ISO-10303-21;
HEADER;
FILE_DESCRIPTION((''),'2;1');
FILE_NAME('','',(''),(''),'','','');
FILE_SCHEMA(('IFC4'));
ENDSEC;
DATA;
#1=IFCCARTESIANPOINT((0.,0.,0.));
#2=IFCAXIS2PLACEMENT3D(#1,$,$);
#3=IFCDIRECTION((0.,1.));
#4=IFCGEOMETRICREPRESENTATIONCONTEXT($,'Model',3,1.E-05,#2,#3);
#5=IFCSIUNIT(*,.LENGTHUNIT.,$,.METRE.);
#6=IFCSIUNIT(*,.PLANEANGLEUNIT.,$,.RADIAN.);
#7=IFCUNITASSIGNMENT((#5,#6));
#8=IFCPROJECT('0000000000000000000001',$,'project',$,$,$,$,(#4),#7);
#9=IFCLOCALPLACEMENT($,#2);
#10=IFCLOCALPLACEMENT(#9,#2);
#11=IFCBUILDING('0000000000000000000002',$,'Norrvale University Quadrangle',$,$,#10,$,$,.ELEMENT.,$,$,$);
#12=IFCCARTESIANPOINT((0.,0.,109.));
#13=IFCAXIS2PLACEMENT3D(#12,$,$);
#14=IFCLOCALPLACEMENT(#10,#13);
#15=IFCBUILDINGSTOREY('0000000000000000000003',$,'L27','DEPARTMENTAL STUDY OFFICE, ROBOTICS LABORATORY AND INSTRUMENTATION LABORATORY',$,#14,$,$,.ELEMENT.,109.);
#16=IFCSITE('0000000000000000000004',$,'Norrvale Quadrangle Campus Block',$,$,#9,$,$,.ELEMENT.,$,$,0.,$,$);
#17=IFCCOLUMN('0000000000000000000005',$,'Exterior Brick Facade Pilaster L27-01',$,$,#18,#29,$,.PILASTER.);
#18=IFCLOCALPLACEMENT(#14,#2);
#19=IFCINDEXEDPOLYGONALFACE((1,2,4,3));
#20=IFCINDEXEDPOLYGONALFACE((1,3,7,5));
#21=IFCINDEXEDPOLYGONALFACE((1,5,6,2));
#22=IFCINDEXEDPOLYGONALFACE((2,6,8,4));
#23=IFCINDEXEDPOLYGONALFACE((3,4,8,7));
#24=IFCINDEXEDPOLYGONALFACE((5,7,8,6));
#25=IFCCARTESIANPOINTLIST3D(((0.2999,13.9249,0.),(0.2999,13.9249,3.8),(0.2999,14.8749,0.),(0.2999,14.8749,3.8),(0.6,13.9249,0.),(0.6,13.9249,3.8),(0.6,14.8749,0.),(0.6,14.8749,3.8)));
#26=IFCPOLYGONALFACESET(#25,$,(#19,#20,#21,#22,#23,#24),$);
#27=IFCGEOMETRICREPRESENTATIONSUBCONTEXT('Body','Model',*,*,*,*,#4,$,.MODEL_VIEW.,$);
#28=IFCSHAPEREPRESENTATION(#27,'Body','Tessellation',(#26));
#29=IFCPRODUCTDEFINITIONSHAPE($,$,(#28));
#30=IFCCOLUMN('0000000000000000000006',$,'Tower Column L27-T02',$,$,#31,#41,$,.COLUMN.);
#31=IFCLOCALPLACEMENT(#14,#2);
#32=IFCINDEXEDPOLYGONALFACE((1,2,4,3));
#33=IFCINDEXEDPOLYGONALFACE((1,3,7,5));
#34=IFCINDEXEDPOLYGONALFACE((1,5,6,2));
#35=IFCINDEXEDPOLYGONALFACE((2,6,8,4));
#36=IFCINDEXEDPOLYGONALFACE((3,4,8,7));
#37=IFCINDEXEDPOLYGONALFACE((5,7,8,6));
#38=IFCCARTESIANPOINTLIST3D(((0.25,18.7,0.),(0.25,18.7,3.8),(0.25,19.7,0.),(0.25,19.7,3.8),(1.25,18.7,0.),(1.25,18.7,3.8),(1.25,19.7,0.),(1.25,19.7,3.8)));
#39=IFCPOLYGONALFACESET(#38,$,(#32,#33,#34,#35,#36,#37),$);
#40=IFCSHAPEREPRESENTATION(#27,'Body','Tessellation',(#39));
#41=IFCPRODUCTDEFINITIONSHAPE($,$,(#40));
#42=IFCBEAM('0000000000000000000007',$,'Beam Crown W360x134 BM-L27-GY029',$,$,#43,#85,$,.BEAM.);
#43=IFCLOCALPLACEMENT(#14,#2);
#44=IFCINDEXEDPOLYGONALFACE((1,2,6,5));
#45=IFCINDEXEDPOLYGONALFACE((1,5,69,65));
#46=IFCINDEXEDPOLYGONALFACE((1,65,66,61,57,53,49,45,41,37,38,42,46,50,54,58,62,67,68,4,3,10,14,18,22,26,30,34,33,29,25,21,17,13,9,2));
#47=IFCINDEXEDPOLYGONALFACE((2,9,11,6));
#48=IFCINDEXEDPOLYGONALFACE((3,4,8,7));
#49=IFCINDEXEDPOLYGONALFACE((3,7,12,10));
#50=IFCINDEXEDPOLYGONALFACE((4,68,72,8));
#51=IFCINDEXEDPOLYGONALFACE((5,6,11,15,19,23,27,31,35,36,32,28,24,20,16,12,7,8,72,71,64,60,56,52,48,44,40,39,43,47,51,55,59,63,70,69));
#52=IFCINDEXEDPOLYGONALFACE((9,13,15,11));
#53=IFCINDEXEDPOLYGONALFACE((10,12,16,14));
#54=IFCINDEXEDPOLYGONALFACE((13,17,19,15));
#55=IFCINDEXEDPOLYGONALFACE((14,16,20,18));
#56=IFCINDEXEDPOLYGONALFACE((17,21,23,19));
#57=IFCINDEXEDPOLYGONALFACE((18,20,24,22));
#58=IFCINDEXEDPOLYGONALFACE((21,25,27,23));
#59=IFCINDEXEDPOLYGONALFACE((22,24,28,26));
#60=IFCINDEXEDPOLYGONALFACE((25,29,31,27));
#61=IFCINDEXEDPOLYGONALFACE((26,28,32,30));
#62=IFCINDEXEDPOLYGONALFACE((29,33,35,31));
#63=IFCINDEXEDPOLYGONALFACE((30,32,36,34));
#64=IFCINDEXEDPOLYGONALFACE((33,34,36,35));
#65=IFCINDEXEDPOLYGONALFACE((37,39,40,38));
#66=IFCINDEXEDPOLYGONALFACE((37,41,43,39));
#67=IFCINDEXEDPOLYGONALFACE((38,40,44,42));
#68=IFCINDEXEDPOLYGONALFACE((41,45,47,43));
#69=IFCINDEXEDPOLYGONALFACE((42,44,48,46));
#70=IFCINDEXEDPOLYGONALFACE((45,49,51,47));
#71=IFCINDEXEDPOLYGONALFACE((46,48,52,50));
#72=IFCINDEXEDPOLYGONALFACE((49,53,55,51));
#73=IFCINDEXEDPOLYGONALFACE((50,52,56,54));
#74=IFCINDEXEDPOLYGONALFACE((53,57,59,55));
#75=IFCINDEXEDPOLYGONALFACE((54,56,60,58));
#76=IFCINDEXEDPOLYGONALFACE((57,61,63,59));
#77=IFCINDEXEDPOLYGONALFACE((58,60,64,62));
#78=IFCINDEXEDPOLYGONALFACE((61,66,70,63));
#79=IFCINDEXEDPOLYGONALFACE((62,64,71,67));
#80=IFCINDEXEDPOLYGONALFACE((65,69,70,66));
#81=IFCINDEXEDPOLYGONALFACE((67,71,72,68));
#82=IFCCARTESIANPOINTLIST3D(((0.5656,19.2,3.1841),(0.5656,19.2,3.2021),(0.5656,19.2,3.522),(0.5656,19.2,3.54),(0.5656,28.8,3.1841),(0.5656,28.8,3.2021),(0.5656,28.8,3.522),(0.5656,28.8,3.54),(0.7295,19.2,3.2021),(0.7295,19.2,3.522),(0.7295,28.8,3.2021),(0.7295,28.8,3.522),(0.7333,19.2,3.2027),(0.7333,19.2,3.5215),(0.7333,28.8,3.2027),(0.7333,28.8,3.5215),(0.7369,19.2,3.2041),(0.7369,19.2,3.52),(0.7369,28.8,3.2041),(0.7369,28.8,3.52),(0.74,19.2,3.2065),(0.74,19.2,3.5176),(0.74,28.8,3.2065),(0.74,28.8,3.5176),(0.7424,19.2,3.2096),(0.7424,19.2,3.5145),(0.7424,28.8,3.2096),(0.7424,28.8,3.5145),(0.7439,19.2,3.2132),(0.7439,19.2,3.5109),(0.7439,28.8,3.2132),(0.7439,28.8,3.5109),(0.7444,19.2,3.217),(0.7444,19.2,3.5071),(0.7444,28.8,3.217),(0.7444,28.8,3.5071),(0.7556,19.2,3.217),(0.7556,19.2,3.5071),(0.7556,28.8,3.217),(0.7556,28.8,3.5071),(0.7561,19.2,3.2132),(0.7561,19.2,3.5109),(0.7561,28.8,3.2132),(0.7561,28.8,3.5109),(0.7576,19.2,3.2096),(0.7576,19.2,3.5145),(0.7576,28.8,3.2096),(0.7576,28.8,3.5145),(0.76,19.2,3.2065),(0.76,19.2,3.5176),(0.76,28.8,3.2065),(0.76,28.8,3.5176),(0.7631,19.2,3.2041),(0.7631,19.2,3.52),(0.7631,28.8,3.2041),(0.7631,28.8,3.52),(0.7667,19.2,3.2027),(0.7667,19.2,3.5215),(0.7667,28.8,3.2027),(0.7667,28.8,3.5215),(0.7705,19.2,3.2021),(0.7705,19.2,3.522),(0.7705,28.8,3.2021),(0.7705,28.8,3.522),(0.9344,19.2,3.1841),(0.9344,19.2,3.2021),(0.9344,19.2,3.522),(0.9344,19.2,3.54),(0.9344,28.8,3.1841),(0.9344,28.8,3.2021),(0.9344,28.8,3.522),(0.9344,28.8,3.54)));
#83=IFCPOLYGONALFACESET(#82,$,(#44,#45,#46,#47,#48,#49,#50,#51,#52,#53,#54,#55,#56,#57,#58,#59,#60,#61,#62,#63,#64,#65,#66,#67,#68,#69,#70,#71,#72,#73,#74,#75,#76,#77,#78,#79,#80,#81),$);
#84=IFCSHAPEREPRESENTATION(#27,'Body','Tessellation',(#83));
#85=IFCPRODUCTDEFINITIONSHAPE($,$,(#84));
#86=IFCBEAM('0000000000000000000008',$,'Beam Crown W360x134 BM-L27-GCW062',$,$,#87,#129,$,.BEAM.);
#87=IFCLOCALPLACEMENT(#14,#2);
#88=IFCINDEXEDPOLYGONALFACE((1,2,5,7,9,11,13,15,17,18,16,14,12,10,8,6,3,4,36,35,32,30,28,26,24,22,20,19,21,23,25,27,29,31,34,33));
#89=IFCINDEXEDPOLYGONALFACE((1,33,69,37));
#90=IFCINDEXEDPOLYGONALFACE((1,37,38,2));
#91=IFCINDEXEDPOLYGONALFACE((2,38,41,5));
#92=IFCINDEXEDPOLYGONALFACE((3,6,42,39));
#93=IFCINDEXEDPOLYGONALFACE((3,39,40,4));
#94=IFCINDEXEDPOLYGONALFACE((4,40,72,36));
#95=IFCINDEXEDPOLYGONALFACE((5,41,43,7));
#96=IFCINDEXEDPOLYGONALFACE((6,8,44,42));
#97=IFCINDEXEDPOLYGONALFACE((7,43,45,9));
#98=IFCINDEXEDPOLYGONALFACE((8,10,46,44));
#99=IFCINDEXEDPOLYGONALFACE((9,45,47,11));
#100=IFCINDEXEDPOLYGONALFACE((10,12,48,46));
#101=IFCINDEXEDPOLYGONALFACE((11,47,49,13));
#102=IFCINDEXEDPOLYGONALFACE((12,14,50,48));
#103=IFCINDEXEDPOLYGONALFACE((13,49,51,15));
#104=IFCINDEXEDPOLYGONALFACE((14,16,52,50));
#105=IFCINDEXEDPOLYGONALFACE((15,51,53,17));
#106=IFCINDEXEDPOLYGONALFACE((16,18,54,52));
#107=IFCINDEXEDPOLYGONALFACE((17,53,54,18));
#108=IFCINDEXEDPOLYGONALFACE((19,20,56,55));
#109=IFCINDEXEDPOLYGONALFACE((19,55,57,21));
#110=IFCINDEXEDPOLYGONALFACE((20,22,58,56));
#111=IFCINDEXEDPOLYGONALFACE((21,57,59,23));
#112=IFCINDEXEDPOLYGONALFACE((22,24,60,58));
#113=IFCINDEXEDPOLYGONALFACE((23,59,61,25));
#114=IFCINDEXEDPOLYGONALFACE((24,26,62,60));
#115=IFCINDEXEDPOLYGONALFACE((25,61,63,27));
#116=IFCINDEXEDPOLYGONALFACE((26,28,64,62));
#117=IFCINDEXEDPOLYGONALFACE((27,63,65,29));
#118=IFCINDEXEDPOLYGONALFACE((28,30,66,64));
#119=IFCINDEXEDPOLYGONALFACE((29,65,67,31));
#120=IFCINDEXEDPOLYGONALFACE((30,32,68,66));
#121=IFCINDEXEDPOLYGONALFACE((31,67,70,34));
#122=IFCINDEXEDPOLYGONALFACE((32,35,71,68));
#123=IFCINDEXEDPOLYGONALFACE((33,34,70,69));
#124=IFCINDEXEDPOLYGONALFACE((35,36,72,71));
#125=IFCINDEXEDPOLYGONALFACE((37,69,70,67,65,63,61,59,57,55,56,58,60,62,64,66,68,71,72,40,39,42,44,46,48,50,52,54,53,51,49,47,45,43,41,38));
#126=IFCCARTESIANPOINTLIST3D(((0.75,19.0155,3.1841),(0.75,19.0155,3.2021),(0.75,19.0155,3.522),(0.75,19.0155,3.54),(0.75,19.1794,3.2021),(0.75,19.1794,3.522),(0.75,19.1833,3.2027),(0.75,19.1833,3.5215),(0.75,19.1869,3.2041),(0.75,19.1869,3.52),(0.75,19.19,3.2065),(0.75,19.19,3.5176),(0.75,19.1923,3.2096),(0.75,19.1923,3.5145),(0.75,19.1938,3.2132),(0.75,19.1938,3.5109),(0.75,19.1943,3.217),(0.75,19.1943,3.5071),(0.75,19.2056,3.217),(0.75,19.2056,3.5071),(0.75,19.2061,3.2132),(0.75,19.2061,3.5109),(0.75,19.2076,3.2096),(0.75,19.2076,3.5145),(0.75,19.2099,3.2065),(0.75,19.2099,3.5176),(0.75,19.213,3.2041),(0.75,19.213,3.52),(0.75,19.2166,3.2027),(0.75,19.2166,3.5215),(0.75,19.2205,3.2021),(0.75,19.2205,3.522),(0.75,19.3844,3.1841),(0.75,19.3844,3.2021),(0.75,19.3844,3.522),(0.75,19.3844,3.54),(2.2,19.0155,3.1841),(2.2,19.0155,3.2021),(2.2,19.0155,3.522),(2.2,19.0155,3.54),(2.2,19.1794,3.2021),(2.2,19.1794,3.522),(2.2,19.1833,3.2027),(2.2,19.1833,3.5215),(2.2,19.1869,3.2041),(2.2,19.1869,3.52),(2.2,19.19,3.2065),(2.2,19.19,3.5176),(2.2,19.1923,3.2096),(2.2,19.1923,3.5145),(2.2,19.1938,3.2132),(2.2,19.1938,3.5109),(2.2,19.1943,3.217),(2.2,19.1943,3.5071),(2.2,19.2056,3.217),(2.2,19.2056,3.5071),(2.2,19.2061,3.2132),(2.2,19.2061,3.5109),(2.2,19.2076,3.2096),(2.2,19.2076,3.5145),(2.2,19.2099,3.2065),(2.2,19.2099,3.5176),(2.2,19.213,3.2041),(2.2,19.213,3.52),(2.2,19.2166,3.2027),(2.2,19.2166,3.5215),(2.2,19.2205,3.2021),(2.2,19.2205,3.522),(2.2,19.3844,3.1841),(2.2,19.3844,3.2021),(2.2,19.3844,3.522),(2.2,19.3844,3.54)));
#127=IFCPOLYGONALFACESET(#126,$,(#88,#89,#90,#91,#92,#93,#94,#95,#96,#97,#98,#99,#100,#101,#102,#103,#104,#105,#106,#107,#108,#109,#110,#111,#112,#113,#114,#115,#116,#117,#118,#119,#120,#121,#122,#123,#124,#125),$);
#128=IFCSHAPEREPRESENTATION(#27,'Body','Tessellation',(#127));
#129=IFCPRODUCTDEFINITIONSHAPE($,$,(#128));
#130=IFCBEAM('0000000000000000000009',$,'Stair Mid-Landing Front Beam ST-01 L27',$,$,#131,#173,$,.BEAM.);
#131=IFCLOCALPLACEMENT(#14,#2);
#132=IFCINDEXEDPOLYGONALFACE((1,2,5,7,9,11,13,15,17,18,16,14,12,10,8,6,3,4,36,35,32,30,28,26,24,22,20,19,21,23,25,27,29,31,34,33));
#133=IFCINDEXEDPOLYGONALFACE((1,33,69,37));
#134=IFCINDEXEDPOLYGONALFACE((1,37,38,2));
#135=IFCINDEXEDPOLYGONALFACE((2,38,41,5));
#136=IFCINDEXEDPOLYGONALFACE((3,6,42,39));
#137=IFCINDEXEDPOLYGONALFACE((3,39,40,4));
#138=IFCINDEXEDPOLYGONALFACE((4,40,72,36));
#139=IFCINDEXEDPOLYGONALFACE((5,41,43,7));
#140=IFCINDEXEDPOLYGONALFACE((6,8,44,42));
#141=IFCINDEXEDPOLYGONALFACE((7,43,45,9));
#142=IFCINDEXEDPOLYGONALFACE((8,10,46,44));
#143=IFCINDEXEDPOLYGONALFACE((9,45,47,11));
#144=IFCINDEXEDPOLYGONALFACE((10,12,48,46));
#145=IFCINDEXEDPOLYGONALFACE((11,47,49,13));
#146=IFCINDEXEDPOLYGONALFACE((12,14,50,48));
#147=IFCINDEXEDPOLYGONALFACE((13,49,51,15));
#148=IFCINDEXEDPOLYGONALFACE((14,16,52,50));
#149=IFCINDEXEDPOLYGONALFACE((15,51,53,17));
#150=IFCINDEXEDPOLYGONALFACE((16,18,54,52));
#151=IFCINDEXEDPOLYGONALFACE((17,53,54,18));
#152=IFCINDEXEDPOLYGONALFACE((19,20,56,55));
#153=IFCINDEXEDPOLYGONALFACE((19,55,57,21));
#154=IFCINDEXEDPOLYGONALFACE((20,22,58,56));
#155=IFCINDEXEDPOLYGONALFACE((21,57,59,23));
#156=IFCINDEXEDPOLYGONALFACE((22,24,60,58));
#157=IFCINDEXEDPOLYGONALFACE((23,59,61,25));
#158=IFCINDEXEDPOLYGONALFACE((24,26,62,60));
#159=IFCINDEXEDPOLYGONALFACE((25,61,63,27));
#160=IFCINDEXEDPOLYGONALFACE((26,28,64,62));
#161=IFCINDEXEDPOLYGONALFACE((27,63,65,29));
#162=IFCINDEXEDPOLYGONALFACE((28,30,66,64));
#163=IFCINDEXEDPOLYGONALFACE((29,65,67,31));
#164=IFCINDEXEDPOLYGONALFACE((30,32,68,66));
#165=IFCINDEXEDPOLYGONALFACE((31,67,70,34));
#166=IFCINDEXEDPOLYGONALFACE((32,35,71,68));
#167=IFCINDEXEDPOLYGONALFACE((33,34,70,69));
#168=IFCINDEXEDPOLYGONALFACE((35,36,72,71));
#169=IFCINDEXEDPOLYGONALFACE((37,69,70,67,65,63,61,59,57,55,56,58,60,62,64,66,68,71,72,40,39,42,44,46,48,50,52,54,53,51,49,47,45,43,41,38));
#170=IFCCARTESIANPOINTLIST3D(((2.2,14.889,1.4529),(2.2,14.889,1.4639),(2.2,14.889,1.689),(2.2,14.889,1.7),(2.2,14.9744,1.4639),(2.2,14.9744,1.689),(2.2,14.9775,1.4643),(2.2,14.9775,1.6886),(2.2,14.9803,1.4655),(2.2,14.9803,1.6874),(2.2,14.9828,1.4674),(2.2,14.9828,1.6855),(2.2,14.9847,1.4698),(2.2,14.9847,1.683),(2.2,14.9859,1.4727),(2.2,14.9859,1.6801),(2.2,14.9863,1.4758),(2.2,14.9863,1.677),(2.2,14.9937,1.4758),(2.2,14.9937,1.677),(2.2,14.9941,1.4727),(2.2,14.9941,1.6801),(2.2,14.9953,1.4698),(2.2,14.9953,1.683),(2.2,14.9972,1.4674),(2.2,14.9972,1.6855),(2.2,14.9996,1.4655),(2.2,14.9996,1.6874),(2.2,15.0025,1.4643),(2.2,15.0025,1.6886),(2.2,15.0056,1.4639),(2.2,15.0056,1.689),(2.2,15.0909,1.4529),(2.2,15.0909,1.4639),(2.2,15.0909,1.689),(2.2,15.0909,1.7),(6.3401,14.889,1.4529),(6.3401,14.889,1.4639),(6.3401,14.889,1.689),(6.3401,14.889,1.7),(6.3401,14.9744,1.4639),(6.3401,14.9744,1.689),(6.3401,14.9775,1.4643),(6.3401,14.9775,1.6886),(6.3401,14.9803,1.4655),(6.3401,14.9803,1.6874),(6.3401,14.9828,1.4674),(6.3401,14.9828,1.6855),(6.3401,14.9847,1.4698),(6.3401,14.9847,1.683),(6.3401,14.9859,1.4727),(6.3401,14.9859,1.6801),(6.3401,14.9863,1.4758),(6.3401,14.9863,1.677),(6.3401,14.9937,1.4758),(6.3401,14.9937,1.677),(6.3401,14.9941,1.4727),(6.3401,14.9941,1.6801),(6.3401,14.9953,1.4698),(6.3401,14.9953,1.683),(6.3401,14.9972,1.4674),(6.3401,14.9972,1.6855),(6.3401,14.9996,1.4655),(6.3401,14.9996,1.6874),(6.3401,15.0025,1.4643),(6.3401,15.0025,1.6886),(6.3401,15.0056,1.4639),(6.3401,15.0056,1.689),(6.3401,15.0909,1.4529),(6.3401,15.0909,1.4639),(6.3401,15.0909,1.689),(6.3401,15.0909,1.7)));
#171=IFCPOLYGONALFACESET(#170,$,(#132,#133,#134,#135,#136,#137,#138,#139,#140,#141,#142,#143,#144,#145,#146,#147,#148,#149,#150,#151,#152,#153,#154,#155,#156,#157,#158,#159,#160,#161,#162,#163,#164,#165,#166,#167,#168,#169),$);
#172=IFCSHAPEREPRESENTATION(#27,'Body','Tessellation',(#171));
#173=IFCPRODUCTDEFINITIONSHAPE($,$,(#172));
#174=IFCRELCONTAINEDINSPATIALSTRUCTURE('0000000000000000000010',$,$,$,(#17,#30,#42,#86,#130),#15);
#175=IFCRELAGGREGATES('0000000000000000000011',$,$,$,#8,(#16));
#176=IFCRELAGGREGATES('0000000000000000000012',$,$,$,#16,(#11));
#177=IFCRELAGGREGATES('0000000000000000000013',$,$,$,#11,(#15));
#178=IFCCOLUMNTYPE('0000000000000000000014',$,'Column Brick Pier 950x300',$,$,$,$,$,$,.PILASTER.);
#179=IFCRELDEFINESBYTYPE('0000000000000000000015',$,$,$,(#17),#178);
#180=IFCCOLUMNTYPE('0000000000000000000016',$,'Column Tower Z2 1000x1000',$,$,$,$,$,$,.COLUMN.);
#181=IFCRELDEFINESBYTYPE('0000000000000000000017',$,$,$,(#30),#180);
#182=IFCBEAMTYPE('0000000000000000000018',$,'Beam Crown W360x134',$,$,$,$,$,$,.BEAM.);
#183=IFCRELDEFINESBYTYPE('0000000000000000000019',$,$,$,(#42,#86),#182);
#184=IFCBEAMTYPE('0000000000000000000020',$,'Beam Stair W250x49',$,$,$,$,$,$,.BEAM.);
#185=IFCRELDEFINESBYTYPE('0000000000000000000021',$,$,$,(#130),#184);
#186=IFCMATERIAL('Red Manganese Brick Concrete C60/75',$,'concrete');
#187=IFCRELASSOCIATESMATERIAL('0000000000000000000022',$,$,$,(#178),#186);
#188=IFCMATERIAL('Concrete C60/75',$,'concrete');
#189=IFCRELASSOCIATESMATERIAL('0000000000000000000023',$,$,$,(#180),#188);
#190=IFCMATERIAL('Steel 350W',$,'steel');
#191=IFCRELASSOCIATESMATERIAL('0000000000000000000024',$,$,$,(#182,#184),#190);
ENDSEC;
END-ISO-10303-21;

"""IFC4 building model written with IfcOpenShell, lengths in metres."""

from ifc_helpers import new_model, si_unit, direction, frame, origin, origin_2d, place, context, subcontext, project, spatial, rectangle, i_section, extrude, material, material_profile, profile_set, type_object, element, save


model = new_model("IFC4")

# Units and contexts
model_context = context("Model", 3, precision=1e-05, world=origin(), true_north=direction((0.0, 1.0)))
body_context = subcontext(model_context, "Body", "Model", "MODEL_VIEW")
ifc_project = project(units=[si_unit("LENGTHUNIT", "METRE"), si_unit("PLANEANGLEUNIT", "RADIAN")], contexts=[model_context])

# Site, building, storey
site_placement = place(None, origin())
site = spatial("IfcSite", under=ifc_project, at=site_placement, Name="Norrvale Quadrangle Campus Block", CompositionType="ELEMENT", RefElevation=0.0)
building_placement = place(site_placement, origin())
building = spatial("IfcBuilding", under=site, at=building_placement, Name="Norrvale University Quadrangle", CompositionType="ELEMENT")
storey_placement = place(building_placement, frame((0.0, 0.0, 109.0)))
storey = spatial("IfcBuildingStorey", under=building, at=storey_placement, Name="L27", Description="DEPARTMENTAL STUDY OFFICE, ROBOTICS LABORATORY AND INSTRUMENTATION LABORATORY", CompositionType="ELEMENT", Elevation=109.0)

# Columns
ifc_material_1 = material(Name="Red Manganese Brick Concrete C60/75", Category="concrete")
ifc_material_profile_1 = material_profile(ifc_material_1, rectangle(XDim=0.95, YDim=0.3, at=origin_2d()), Name="Red Manganese Brick Concrete C60/75")
ifc_profile_set_1 = profile_set([ifc_material_profile_1], Name="Red Manganese Brick Concrete C60/75")
column_type_1 = type_object("IfcColumnType", Name="Column Brick Pier 950x300", PredefinedType="PILASTER", material=ifc_profile_set_1)
column_1_placement = place(storey_placement, frame((0.45, 14.3999, 0.0), z_axis=(0.0, 0.0, 1.0), x_axis=(0.0, 1.0, 0.0)))
element("IfcColumn", 1, at=column_1_placement, inside=storey, type_object=column_type_1, Name="Exterior Brick Facade Pilaster L27-01", PredefinedType="PILASTER", context=body_context, shape_type="SweptSolid", body=[
    extrude(rectangle(XDim=0.95, YDim=0.3, at=origin_2d()), origin(), (0.0, 0.0, 1.0), 3.8),
])
ifc_material_2 = material(Name="Concrete C60/75", Category="concrete")
ifc_material_profile_2 = material_profile(ifc_material_2, rectangle(XDim=1.0, YDim=1.0, at=origin_2d()), Name="Concrete C60/75")
ifc_profile_set_2 = profile_set([ifc_material_profile_2], Name="Concrete C60/75")
column_type_2 = type_object("IfcColumnType", Name="Column Tower Z2 1000x1000", PredefinedType="COLUMN", material=ifc_profile_set_2)
column_2_placement = place(storey_placement, frame((0.75, 19.2, 0.0), z_axis=(0.0, 0.0, 1.0), x_axis=(1.0, 0.0, 0.0)))
element("IfcColumn", 2, at=column_2_placement, inside=storey, type_object=column_type_2, Name="Tower Column L27-T02", PredefinedType="COLUMN", context=body_context, shape_type="SweptSolid", body=[
    extrude(rectangle(XDim=1.0, YDim=1.0, at=origin_2d()), origin(), (0.0, 0.0, 1.0), 3.8),
])

# Beams
ifc_material_3 = material(Name="Steel 350W", Category="steel")
ifc_material_profile_3 = material_profile(ifc_material_3, i_section(OverallWidth=0.3689, OverallDepth=0.356, WebThickness=0.0112, FlangeThickness=0.0181, FilletRadius=0.0149, at=origin_2d()), Name="Steel 350W")
ifc_profile_set_3 = profile_set([ifc_material_profile_3], Name="Steel 350W")
beam_type_1 = type_object("IfcBeamType", Name="Beam Crown W360x134", PredefinedType="BEAM", material=ifc_profile_set_3)
beam_1_placement = place(storey_placement, frame((0.75, 19.2, 3.3621), z_axis=(0.0, 1.0, 0.0), x_axis=(-1.0, 0.0, 0.0)))
element("IfcBeam", 3, at=beam_1_placement, inside=storey, type_object=beam_type_1, Name="Beam Crown W360x134 BM-L27-GY029", PredefinedType="BEAM", context=body_context, shape_type="SweptSolid", body=[
    extrude(i_section(OverallWidth=0.3689, OverallDepth=0.356, WebThickness=0.0112, FlangeThickness=0.0181, FilletRadius=0.0149, at=origin_2d()), origin(), (0.0, 0.0, 1.0), 9.6001),
])
beam_2_placement = place(storey_placement, frame((0.75, 19.2, 3.3621), z_axis=(1.0, 0.0, 0.0), x_axis=(0.0, 1.0, 0.0)))
element("IfcBeam", 4, at=beam_2_placement, inside=storey, type_object=beam_type_1, Name="Beam Crown W360x134 BM-L27-GCW062", PredefinedType="BEAM", context=body_context, shape_type="SweptSolid", body=[
    extrude(i_section(OverallWidth=0.3689, OverallDepth=0.356, WebThickness=0.0112, FlangeThickness=0.0181, FilletRadius=0.0149, at=origin_2d()), origin(), (0.0, 0.0, 1.0), 1.45),
])
ifc_material_profile_4 = material_profile(ifc_material_3, i_section(OverallWidth=0.2019, OverallDepth=0.2471, WebThickness=0.0073, FlangeThickness=0.011, FilletRadius=0.012, at=origin_2d()), Name="Steel 350W")
ifc_profile_set_4 = profile_set([ifc_material_profile_4], Name="Steel 350W")
beam_type_2 = type_object("IfcBeamType", Name="Beam Stair W250x49", PredefinedType="BEAM", material=ifc_profile_set_4)
for number, where, z_axis, x_axis, name in (
    (5, (2.2, 14.99, 1.5764), (1.0, 0.0, 0.0), (0.0, 1.0, 0.0), "Stair Mid-Landing Front Beam ST-01 L27"),
):
    element("IfcBeam", number, at=place(storey_placement, frame(where, z_axis=z_axis, x_axis=x_axis)), inside=storey, type_object=beam_type_2, Name=name, PredefinedType="BEAM", context=body_context, shape_type="SweptSolid", body=[
        extrude(i_section(OverallWidth=0.2019, OverallDepth=0.2471, WebThickness=0.0073, FlangeThickness=0.011, FilletRadius=0.012, at=origin_2d()), origin(), (0.0, 0.0, 1.0), 4.1401),
    ])

save(model, "model.ifc")
